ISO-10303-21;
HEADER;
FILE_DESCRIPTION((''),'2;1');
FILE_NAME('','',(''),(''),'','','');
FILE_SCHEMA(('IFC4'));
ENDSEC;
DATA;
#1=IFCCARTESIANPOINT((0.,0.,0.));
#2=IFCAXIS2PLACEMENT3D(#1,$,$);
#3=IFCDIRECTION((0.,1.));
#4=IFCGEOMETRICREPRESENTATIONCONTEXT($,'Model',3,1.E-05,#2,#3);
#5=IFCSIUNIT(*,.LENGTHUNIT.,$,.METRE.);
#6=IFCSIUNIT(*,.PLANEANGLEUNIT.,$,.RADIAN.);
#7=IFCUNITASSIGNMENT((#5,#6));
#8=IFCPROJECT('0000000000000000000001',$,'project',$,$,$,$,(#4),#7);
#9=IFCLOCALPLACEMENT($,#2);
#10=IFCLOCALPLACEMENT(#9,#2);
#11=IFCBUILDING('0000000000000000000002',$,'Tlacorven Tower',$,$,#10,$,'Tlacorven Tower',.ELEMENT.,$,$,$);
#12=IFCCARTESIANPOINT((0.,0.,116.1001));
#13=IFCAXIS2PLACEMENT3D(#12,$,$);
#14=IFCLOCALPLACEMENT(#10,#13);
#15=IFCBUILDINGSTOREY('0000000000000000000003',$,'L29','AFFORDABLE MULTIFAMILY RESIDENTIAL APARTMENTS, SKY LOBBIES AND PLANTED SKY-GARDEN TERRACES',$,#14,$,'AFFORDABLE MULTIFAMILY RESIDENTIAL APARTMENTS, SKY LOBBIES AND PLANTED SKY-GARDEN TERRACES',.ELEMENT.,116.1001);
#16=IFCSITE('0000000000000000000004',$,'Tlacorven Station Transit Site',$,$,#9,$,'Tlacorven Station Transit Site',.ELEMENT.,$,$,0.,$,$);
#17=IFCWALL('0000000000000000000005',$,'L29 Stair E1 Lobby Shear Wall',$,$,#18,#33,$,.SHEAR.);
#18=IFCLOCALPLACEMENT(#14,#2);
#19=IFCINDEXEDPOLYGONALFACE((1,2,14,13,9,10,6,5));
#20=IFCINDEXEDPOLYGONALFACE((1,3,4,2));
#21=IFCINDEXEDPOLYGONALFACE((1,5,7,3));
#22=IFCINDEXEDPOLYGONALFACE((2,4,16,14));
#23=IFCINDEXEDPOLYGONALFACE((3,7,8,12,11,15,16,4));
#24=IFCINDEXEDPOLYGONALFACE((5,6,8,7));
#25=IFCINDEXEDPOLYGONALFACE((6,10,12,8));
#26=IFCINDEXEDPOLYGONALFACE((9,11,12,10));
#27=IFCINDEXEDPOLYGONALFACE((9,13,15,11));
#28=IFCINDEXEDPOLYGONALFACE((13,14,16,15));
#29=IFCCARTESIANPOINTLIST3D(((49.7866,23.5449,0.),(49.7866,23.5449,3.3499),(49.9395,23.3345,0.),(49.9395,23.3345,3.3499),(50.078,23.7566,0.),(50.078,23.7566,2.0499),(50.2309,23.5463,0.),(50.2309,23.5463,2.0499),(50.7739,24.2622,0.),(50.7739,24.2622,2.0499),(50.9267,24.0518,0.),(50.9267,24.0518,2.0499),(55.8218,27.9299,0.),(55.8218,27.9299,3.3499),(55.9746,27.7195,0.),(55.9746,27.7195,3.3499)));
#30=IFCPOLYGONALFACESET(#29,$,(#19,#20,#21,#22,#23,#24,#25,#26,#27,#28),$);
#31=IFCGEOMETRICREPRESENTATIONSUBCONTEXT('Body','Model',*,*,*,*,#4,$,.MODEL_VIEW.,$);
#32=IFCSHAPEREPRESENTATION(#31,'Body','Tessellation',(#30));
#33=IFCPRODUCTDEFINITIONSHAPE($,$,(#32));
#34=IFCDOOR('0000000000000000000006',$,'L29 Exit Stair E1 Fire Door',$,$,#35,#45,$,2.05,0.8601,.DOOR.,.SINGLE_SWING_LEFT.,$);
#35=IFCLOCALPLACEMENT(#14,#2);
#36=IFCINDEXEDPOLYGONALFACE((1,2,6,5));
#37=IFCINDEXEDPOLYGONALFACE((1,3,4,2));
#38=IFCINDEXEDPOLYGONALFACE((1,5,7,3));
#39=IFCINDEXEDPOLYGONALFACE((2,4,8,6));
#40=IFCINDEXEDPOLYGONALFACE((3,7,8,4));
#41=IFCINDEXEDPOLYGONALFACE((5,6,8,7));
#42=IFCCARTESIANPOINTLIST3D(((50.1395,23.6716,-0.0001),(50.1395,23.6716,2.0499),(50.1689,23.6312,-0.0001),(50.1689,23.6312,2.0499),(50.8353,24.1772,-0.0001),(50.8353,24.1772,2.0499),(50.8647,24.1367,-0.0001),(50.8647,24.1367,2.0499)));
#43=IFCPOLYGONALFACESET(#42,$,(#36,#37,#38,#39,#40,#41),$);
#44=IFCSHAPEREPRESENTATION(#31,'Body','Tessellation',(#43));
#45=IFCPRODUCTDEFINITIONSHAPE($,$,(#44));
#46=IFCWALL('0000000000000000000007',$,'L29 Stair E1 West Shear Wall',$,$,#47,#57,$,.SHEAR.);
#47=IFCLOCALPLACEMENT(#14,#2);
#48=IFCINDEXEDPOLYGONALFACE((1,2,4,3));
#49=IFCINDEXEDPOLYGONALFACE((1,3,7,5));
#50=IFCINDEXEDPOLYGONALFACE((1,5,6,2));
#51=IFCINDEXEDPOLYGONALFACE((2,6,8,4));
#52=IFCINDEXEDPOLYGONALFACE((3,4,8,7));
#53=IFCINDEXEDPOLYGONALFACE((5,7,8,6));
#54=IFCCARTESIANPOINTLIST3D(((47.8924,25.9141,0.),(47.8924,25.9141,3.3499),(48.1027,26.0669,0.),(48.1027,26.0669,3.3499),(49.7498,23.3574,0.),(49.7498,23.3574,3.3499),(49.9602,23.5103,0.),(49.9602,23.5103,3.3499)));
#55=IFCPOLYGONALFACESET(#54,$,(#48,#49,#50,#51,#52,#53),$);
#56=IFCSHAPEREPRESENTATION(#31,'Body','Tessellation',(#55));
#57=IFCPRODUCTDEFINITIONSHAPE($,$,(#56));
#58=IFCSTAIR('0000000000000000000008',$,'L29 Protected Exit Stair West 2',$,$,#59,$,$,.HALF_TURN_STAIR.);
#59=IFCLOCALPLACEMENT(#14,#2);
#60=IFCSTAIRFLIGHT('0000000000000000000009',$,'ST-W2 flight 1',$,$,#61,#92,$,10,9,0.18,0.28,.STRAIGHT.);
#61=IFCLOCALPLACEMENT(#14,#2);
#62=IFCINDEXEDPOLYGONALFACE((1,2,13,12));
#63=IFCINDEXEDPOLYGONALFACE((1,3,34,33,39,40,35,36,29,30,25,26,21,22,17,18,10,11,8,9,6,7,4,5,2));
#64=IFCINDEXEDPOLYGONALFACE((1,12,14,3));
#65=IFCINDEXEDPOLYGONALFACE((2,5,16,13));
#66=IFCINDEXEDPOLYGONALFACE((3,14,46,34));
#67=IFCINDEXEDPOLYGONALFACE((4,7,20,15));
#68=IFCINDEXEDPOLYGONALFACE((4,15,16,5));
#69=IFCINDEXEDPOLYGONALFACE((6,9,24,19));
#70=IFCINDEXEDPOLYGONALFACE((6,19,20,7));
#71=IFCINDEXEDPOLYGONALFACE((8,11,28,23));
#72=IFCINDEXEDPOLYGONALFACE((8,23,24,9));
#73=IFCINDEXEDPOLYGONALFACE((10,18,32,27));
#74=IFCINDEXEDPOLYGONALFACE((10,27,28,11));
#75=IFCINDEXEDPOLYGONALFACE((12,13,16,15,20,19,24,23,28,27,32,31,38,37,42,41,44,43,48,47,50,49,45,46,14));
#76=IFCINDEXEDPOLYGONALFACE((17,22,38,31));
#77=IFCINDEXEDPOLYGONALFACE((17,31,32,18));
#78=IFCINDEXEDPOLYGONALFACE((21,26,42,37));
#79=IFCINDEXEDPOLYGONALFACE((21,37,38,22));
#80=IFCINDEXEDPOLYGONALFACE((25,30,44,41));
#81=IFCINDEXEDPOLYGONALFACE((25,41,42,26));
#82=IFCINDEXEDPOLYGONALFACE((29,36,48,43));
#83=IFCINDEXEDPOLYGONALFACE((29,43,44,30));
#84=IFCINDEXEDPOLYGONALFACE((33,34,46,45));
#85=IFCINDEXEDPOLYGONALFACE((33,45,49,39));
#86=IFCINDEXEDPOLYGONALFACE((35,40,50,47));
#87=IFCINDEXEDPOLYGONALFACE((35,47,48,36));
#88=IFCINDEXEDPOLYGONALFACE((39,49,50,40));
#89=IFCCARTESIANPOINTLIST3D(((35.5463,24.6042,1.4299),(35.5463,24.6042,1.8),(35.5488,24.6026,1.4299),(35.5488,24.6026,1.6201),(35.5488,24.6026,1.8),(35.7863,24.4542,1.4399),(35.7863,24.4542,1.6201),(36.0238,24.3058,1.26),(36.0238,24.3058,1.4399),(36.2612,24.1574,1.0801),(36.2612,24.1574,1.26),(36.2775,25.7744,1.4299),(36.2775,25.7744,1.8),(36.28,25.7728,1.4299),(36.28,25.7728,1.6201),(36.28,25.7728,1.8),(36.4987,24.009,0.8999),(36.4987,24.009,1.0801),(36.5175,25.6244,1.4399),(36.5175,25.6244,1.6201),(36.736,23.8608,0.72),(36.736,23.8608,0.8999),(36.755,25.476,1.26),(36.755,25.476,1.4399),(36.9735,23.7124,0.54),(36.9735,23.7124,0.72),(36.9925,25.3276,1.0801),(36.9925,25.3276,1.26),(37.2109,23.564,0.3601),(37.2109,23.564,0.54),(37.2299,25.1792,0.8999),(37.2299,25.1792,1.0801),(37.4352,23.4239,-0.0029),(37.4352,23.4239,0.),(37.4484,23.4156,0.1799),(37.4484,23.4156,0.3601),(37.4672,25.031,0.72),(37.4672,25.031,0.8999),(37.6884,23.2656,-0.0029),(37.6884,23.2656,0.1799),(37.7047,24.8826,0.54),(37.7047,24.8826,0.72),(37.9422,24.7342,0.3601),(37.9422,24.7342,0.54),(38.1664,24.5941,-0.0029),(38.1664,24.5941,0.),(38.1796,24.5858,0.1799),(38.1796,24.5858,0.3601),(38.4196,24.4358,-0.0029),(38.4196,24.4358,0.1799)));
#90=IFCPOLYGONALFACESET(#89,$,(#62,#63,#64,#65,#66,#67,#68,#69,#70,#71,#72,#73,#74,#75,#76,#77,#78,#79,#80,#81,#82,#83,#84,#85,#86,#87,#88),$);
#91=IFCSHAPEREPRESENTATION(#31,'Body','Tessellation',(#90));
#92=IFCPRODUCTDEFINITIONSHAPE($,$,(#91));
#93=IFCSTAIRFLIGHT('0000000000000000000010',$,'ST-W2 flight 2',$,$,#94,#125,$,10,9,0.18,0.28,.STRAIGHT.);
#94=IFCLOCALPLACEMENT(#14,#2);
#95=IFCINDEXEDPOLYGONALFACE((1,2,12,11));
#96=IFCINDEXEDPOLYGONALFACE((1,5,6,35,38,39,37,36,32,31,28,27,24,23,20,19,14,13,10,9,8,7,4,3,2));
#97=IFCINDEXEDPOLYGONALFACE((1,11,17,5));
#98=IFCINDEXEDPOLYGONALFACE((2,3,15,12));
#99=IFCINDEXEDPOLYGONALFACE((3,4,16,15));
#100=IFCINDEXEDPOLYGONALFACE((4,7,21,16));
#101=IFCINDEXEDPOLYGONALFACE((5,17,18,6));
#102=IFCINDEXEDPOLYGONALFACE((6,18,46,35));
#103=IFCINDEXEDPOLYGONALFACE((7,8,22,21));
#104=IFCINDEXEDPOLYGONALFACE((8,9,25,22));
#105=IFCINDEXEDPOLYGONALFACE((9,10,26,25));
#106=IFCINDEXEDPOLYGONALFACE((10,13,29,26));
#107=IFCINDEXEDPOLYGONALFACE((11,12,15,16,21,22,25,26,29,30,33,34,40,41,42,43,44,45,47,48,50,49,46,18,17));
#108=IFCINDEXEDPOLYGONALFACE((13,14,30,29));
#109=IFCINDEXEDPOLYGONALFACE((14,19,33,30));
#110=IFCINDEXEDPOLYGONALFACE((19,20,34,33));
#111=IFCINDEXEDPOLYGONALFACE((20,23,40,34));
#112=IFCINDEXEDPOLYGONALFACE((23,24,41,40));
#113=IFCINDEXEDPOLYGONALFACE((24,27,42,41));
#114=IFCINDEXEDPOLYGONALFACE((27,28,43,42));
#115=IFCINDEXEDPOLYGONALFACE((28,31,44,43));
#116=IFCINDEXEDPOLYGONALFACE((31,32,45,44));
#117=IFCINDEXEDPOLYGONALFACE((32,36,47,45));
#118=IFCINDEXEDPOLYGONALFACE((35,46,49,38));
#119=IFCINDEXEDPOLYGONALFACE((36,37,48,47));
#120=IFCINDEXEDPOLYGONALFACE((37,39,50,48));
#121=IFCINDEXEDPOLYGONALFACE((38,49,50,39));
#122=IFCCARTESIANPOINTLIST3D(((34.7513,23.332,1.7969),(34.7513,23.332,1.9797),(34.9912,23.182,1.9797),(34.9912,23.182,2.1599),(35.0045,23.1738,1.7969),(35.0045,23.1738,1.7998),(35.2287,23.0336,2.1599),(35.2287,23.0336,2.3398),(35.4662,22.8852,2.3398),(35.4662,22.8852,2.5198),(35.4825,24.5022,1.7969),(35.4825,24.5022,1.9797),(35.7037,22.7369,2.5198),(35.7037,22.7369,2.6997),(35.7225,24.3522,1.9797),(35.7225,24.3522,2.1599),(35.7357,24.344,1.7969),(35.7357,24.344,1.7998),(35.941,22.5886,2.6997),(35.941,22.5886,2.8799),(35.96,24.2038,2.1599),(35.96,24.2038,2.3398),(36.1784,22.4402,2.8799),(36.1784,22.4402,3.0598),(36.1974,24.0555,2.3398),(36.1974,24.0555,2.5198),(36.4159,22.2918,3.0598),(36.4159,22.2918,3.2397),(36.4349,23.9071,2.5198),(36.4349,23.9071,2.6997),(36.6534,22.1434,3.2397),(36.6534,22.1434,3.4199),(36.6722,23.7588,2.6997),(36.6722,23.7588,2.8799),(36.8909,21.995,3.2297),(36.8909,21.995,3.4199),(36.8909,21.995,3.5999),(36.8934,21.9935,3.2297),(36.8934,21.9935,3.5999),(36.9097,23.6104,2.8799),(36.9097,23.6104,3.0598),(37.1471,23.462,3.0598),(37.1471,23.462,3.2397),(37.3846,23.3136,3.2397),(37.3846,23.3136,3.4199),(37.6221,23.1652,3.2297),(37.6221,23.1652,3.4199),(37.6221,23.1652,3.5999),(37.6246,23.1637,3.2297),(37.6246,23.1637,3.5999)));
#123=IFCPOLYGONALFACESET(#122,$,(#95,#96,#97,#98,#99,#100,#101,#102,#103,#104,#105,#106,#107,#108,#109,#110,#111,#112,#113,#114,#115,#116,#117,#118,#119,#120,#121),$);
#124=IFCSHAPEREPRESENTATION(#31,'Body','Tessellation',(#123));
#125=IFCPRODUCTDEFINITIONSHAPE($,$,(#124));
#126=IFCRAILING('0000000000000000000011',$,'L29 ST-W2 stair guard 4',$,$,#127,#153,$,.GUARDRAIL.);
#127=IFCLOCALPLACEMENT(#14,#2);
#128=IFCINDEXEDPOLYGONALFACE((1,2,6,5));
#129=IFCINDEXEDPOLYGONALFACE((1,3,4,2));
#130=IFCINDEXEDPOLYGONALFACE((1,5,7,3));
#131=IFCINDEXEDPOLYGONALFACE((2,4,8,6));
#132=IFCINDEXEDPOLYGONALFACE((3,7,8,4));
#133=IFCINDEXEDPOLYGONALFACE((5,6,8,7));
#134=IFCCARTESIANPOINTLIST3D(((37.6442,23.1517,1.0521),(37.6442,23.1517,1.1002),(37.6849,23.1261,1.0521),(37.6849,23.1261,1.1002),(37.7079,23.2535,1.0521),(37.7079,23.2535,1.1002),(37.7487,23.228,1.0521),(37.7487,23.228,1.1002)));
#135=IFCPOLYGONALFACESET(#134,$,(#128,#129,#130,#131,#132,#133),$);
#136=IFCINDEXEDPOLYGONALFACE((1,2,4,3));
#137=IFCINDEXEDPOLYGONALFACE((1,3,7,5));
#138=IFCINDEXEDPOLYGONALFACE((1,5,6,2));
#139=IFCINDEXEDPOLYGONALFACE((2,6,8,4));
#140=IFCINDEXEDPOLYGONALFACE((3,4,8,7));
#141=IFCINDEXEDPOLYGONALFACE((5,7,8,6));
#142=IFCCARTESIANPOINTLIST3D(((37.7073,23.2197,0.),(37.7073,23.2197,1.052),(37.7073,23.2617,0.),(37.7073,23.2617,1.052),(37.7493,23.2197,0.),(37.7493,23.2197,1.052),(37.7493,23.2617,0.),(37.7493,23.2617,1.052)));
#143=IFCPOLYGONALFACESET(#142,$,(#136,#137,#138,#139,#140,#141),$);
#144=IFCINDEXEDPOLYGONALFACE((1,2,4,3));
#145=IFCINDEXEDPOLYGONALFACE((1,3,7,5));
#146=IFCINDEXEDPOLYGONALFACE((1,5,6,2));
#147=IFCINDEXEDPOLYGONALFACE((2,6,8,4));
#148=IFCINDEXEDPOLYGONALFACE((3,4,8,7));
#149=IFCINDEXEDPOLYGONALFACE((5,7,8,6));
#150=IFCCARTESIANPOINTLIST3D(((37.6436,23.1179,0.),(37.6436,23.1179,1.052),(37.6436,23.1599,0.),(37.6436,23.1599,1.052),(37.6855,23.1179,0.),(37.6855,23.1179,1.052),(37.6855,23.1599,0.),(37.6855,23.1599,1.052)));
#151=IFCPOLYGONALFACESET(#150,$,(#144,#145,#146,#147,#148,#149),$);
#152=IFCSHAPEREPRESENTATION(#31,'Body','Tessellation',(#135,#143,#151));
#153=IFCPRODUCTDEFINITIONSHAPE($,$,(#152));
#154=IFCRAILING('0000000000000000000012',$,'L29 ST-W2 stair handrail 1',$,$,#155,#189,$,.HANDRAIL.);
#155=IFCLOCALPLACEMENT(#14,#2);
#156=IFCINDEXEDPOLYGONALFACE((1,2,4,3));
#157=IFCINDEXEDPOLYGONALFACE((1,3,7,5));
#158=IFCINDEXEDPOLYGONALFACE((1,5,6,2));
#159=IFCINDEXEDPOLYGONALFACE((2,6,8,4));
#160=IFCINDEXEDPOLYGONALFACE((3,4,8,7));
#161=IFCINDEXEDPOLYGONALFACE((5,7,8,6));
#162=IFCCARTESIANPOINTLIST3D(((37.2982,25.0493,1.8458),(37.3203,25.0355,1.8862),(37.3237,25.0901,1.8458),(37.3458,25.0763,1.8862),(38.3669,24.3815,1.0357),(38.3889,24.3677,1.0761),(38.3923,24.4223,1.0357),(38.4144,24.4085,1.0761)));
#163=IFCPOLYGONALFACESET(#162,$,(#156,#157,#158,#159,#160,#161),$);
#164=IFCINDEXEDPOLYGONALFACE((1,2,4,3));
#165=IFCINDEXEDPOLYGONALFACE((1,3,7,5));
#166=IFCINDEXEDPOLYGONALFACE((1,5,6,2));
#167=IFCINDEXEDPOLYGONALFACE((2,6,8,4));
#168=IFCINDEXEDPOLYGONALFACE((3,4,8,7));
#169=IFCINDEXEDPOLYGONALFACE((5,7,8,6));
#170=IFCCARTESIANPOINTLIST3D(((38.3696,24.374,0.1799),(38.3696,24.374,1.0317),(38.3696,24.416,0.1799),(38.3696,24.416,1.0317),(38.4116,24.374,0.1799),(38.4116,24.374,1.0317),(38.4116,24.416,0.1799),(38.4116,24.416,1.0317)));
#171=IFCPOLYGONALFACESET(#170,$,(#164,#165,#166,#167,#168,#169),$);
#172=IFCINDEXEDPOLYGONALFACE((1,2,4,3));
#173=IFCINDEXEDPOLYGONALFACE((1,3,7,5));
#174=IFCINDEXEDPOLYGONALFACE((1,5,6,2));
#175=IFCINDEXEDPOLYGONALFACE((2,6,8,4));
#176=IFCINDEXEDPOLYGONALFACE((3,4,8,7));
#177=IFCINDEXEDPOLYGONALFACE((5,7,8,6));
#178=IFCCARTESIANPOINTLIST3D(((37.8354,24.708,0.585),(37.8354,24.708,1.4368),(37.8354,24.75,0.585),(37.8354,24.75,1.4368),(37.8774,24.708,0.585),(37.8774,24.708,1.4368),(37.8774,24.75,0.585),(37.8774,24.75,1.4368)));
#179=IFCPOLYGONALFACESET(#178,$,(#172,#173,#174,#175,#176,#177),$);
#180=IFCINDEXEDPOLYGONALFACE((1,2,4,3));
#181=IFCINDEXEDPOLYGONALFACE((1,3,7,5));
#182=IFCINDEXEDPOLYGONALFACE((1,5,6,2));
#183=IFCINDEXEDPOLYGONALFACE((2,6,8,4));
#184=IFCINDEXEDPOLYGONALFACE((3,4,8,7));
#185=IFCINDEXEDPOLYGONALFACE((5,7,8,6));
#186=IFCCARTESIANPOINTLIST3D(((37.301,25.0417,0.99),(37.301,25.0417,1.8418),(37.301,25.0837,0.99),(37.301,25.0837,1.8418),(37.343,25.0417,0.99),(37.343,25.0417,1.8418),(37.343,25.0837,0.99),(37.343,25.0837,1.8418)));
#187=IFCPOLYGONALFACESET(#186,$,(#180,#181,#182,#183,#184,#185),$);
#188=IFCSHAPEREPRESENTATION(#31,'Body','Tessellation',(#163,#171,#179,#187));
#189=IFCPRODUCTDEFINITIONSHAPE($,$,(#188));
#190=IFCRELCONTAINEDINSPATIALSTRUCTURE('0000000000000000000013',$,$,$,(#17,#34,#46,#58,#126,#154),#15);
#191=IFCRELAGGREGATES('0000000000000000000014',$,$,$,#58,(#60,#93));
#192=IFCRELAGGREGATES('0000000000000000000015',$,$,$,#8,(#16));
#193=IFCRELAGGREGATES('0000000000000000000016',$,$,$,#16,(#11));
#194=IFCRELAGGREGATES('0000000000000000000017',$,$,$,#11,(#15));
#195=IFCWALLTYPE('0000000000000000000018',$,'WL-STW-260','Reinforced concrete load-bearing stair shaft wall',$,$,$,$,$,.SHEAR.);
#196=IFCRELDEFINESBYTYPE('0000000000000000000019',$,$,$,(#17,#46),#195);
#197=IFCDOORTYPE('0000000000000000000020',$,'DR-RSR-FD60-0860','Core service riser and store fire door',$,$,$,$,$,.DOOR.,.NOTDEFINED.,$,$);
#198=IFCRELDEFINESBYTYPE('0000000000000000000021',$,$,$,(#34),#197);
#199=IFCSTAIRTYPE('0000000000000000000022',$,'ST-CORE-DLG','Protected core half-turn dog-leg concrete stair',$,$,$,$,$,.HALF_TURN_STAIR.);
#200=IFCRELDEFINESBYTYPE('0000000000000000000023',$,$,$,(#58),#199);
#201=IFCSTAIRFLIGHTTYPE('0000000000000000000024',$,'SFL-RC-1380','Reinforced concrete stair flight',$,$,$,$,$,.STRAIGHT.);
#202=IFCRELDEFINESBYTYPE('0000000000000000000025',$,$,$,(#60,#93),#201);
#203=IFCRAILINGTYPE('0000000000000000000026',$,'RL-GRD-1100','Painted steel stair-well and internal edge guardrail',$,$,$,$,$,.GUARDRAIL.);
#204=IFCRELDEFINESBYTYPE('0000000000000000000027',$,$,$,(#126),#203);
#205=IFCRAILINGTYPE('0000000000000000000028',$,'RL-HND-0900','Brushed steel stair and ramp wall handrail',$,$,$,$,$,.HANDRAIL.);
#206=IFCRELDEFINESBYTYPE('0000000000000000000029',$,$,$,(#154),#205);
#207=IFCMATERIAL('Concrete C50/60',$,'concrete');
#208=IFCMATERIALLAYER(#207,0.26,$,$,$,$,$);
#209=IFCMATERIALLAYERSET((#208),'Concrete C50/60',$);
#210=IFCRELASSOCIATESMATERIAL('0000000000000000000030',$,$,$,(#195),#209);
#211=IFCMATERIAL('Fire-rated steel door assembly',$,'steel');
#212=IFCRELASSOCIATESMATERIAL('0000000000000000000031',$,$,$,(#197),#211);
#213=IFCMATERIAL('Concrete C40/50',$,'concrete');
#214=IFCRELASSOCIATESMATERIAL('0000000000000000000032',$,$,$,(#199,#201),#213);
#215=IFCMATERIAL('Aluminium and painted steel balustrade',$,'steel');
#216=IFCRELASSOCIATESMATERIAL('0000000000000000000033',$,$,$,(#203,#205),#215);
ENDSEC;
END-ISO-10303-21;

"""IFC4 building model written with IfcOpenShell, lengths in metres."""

from ifc_helpers import new_model, si_unit, direction, frame, frame_2d, origin, origin_2d, place, context, subcontext, project, spatial, polyline, rectangle, outline, extrude, source, transform, mapped, material, layer, layer_set, type_object, element, fill, aggregate, save


model = new_model("IFC4")

# Units and contexts
model_context = context("Model", 3, precision=1e-05, world=origin(), true_north=direction((0.0, 1.0)))
body_context = subcontext(model_context, "Body", "Model", "MODEL_VIEW")
ifc_project = project(units=[si_unit("LENGTHUNIT", "METRE"), si_unit("PLANEANGLEUNIT", "RADIAN")], contexts=[model_context])

# Site, building, storey
site_placement = place(None, origin())
site = spatial("IfcSite", under=ifc_project, at=site_placement, Name="Tlacorven Station Transit Site", LongName="Tlacorven Station Transit Site", CompositionType="ELEMENT", RefElevation=0.0)
building_placement = place(site_placement, origin())
building = spatial("IfcBuilding", under=site, at=building_placement, Name="Tlacorven Tower", LongName="Tlacorven Tower", CompositionType="ELEMENT")
storey_placement = place(building_placement, frame((0.0, 0.0, 116.1001)))
storey = spatial("IfcBuildingStorey", under=building, at=storey_placement, Name="L29", Description="AFFORDABLE MULTIFAMILY RESIDENTIAL APARTMENTS, SKY LOBBIES AND PLANTED SKY-GARDEN TERRACES", LongName="AFFORDABLE MULTIFAMILY RESIDENTIAL APARTMENTS, SKY LOBBIES AND PLANTED SKY-GARDEN TERRACES", CompositionType="ELEMENT", Elevation=116.1001)

# Shared definitions
ifc_material_1 = material(Name="Concrete C40/50", Category="concrete")
ifc_material_2 = material(Name="Concrete C50/60", Category="concrete")
ifc_layer_1 = layer(ifc_material_2, 0.26)
ifc_layer_set_1 = layer_set([ifc_layer_1], Name="Concrete C50/60")
wall_type_1 = type_object("IfcWallType", Name="WL-STW-260", Description="Reinforced concrete load-bearing stair shaft wall", PredefinedType="SHEAR", material=ifc_layer_set_1)

# Wall, opening, door
wall_1_placement = place(storey_placement, frame((49.863, 23.4397, 0.0), z_axis=(0.0, 0.0, 1.0), x_axis=(0.809003, 0.587804, 0.0)))
wall_1 = element("IfcWall", 1, at=wall_1_placement, inside=storey, type_object=wall_type_1, Name="L29 Stair E1 Lobby Shear Wall", PredefinedType="SHEAR", context=body_context, shape_type="SweptSolid", body=[
    extrude(rectangle(XDim=7.46, YDim=0.26, at=frame_2d((3.73, 0.0))), origin(), (0.0, 0.0, 1.0), 3.3499),
])
opening_placement = place(wall_1_placement, frame((0.3601, 0.0, 0.0)))
opening = element("IfcOpeningElement", 2, at=opening_placement, cuts=wall_1, PredefinedType="OPENING", context=body_context, shape_type="SweptSolid", body=[
    extrude(rectangle(XDim=0.8601, YDim=2.05, at=frame_2d((0.4302, 1.0249))), frame((0.0, 0.1401, 0.0), z_axis=(0.0, -1.0, 0.0), x_axis=(1.0, 0.0, 0.0)), (0.0, 0.0, 1.0), 0.28),
])
ifc_material_3 = material(Name="Fire-rated steel door assembly", Category="steel")
door_type = type_object("IfcDoorType", Name="DR-RSR-FD60-0860", Description="Core service riser and store fire door", OperationType="NOTDEFINED", PredefinedType="DOOR", material=ifc_material_3)
shared_shape_1 = source(origin(), body_context, "Body", "SweptSolid", [
    extrude(rectangle(XDim=0.8601, YDim=2.05, at=frame_2d((0.4302, 1.0249))), frame((0.0, 0.0249, 0.0), z_axis=(0.0, -1.0, 0.0), x_axis=(1.0, 0.0, 0.0)), (0.0, 0.0, 1.0), 0.05),
])
door_placement = place(opening_placement, frame((0.8601, 0.0, 0.0), z_axis=(0.0, 0.0, 1.0), x_axis=(-1.0, 0.0, 0.0)))
door = element("IfcDoor", 3, at=door_placement, inside=storey, type_object=door_type, Name="L29 Exit Stair E1 Fire Door", OperationType="SINGLE_SWING_LEFT", OverallHeight=2.05, OverallWidth=0.8601, PredefinedType="DOOR", context=body_context, shape_type="MappedRepresentation", body=[
    mapped(shared_shape_1, transform((0.0, 0.0, 0.0), scale=1.0)),
])
fill(opening, door)

# Wall
wall_2_placement = place(storey_placement, frame((49.855, 23.4338, 0.0), z_axis=(0.0, 0.0, 1.0), x_axis=(-0.587767, 0.80903, 0.0)))
element("IfcWall", 4, at=wall_2_placement, inside=storey, type_object=wall_type_1, Name="L29 Stair E1 West Shear Wall", PredefinedType="SHEAR", context=body_context, shape_type="SweptSolid", body=[
    extrude(rectangle(XDim=3.1602, YDim=0.26, at=frame_2d((1.5801, 0.0))), origin(), (0.0, 0.0, 1.0), 3.3499),
])

# Stair, stair flights
stair_type = type_object("IfcStairType", Name="ST-CORE-DLG", Description="Protected core half-turn dog-leg concrete stair", PredefinedType="HALF_TURN_STAIR", material=ifc_material_1)
stair_placement = place(storey_placement, origin())
stair = element("IfcStair", 5, at=stair_placement, inside=storey, type_object=stair_type, Name="L29 Protected Exit Stair West 2", PredefinedType="HALF_TURN_STAIR")
stair_flight_type = type_object("IfcStairFlightType", Name="SFL-RC-1380", Description="Reinforced concrete stair flight", PredefinedType="STRAIGHT", material=ifc_material_1)
shared_shape_2 = source(origin(), body_context, "Body", "SweptSolid", [
    extrude(outline(polyline([(-0.0029, -0.0029), (-0.0029, 0.1799), (0.28, 0.1799), (0.28, 0.3601), (0.5601, 0.3601), (0.5601, 0.54), (0.8401, 0.54), (0.8401, 0.72), (1.1201, 0.72), (1.1201, 0.8999), (1.3999, 0.8999), (1.3999, 1.0801), (1.6799, 1.0801), (1.6799, 1.26), (1.96, 1.26), (1.96, 1.4399), (2.24, 1.4399), (2.24, 1.6201), (2.52, 1.6201), (2.52, 1.8), (2.5229, 1.8), (2.5229, 1.4299), (2.52, 1.4299), (0.2957, 0.0), (0.2957, -0.0029), (-0.0029, -0.0029)])), frame((0.0, 0.6899, 0.0), z_axis=(0.0, -1.0, 0.0), x_axis=(1.0, 0.0, 0.0)), (0.0, 0.0, 1.0), 1.3799),
])
stair_flight_1_placement = place(storey_placement, frame((38.0515, 23.8523, 0.0), z_axis=(0.0, 0.0, 1.0), x_axis=(-0.848048, 0.529919, 0.0)))
stair_flight_1 = element("IfcStairFlight", 6, at=stair_flight_1_placement, type_object=stair_flight_type, Name="ST-W2 flight 1", NumberOfRisers=10, NumberOfTreads=9, PredefinedType="STRAIGHT", RiserHeight=0.18, TreadLength=0.28, context=body_context, shape_type="MappedRepresentation", body=[
    mapped(shared_shape_2, transform((0.0, 0.0, 0.0), scale=1.0)),
])
stair_flight_2_placement = place(storey_placement, frame((35.1194, 23.9155, 1.7998), z_axis=(0.0, 0.0, 1.0), x_axis=(0.848048, -0.529919, 0.0)))
stair_flight_2 = element("IfcStairFlight", 7, at=stair_flight_2_placement, type_object=stair_flight_type, Name="ST-W2 flight 2", NumberOfRisers=10, NumberOfTreads=9, PredefinedType="STRAIGHT", RiserHeight=0.18, TreadLength=0.28, context=body_context, shape_type="MappedRepresentation", body=[
    mapped(shared_shape_2, transform((0.0, 0.0, 0.0), scale=1.0)),
])
aggregate(stair, [stair_flight_1, stair_flight_2])

# Railings
ifc_material_4 = material(Name="Aluminium and painted steel balustrade", Category="steel")
railing_type_1 = type_object("IfcRailingType", Name="RL-GRD-1100", Description="Painted steel stair-well and internal edge guardrail", PredefinedType="GUARDRAIL", material=ifc_material_4)
shared_shape_3 = source(origin(), body_context, "Body", "SweptSolid", [
    extrude(rectangle(XDim=0.0481, YDim=0.0481, at=origin_2d()), frame((0.0, 0.0, 1.0762), z_axis=(-0.530547, -0.847656, 0.0), x_axis=(0.847656, -0.530547, 0.0)), (0.0, 0.0, 1.0), 0.1201),
    extrude(rectangle(XDim=0.042, YDim=0.042, at=origin_2d()), origin(), (0.0, 0.0, 1.0), 1.052),
    extrude(rectangle(XDim=0.042, YDim=0.042, at=origin_2d()), frame((-0.0637, -0.1018, 0.0)), (0.0, 0.0, 1.0), 1.052),
])
railing_1_placement = place(storey_placement, frame((37.7283, 23.2407, 0.0)))
element("IfcRailing", 8, at=railing_1_placement, inside=storey, type_object=railing_type_1, Name="L29 ST-W2 stair guard 4", PredefinedType="GUARDRAIL", context=body_context, shape_type="MappedRepresentation", body=[
    mapped(shared_shape_3, transform((0.0, 0.0, 0.0), scale=1.0)),
])
railing_type_2 = type_object("IfcRailingType", Name="RL-HND-0900", Description="Brushed steel stair and ramp wall handrail", PredefinedType="HANDRAIL", material=ifc_material_4)
shared_shape_4 = source(origin(), body_context, "Body", "SweptSolid", [
    extrude(rectangle(XDim=0.0481, YDim=0.0481, at=origin_2d()), frame((0.0, 0.0, 0.876), z_axis=(-0.71336, 0.445748, 0.540765), x_axis=(-0.529912, -0.848053, 0.0)), (0.0, 0.0, 1.0), 1.498),
    extrude(rectangle(XDim=0.042, YDim=0.042, at=origin_2d()), origin(), (0.0, 0.0, 1.0), 0.8518),
    extrude(rectangle(XDim=0.042, YDim=0.042, at=origin_2d()), frame((-0.5342, 0.334, 0.405)), (0.0, 0.0, 1.0), 0.8518),
    extrude(rectangle(XDim=0.042, YDim=0.042, at=origin_2d()), frame((-1.0686, 0.6677, 0.8101)), (0.0, 0.0, 1.0), 0.8518),
])
railing_2_placement = place(storey_placement, frame((38.3906, 24.395, 0.1799)))
element("IfcRailing", 9, at=railing_2_placement, inside=storey, type_object=railing_type_2, Name="L29 ST-W2 stair handrail 1", PredefinedType="HANDRAIL", context=body_context, shape_type="MappedRepresentation", body=[
    mapped(shared_shape_4, transform((0.0, 0.0, 0.0), scale=1.0)),
])

save(model, "model.ifc")
